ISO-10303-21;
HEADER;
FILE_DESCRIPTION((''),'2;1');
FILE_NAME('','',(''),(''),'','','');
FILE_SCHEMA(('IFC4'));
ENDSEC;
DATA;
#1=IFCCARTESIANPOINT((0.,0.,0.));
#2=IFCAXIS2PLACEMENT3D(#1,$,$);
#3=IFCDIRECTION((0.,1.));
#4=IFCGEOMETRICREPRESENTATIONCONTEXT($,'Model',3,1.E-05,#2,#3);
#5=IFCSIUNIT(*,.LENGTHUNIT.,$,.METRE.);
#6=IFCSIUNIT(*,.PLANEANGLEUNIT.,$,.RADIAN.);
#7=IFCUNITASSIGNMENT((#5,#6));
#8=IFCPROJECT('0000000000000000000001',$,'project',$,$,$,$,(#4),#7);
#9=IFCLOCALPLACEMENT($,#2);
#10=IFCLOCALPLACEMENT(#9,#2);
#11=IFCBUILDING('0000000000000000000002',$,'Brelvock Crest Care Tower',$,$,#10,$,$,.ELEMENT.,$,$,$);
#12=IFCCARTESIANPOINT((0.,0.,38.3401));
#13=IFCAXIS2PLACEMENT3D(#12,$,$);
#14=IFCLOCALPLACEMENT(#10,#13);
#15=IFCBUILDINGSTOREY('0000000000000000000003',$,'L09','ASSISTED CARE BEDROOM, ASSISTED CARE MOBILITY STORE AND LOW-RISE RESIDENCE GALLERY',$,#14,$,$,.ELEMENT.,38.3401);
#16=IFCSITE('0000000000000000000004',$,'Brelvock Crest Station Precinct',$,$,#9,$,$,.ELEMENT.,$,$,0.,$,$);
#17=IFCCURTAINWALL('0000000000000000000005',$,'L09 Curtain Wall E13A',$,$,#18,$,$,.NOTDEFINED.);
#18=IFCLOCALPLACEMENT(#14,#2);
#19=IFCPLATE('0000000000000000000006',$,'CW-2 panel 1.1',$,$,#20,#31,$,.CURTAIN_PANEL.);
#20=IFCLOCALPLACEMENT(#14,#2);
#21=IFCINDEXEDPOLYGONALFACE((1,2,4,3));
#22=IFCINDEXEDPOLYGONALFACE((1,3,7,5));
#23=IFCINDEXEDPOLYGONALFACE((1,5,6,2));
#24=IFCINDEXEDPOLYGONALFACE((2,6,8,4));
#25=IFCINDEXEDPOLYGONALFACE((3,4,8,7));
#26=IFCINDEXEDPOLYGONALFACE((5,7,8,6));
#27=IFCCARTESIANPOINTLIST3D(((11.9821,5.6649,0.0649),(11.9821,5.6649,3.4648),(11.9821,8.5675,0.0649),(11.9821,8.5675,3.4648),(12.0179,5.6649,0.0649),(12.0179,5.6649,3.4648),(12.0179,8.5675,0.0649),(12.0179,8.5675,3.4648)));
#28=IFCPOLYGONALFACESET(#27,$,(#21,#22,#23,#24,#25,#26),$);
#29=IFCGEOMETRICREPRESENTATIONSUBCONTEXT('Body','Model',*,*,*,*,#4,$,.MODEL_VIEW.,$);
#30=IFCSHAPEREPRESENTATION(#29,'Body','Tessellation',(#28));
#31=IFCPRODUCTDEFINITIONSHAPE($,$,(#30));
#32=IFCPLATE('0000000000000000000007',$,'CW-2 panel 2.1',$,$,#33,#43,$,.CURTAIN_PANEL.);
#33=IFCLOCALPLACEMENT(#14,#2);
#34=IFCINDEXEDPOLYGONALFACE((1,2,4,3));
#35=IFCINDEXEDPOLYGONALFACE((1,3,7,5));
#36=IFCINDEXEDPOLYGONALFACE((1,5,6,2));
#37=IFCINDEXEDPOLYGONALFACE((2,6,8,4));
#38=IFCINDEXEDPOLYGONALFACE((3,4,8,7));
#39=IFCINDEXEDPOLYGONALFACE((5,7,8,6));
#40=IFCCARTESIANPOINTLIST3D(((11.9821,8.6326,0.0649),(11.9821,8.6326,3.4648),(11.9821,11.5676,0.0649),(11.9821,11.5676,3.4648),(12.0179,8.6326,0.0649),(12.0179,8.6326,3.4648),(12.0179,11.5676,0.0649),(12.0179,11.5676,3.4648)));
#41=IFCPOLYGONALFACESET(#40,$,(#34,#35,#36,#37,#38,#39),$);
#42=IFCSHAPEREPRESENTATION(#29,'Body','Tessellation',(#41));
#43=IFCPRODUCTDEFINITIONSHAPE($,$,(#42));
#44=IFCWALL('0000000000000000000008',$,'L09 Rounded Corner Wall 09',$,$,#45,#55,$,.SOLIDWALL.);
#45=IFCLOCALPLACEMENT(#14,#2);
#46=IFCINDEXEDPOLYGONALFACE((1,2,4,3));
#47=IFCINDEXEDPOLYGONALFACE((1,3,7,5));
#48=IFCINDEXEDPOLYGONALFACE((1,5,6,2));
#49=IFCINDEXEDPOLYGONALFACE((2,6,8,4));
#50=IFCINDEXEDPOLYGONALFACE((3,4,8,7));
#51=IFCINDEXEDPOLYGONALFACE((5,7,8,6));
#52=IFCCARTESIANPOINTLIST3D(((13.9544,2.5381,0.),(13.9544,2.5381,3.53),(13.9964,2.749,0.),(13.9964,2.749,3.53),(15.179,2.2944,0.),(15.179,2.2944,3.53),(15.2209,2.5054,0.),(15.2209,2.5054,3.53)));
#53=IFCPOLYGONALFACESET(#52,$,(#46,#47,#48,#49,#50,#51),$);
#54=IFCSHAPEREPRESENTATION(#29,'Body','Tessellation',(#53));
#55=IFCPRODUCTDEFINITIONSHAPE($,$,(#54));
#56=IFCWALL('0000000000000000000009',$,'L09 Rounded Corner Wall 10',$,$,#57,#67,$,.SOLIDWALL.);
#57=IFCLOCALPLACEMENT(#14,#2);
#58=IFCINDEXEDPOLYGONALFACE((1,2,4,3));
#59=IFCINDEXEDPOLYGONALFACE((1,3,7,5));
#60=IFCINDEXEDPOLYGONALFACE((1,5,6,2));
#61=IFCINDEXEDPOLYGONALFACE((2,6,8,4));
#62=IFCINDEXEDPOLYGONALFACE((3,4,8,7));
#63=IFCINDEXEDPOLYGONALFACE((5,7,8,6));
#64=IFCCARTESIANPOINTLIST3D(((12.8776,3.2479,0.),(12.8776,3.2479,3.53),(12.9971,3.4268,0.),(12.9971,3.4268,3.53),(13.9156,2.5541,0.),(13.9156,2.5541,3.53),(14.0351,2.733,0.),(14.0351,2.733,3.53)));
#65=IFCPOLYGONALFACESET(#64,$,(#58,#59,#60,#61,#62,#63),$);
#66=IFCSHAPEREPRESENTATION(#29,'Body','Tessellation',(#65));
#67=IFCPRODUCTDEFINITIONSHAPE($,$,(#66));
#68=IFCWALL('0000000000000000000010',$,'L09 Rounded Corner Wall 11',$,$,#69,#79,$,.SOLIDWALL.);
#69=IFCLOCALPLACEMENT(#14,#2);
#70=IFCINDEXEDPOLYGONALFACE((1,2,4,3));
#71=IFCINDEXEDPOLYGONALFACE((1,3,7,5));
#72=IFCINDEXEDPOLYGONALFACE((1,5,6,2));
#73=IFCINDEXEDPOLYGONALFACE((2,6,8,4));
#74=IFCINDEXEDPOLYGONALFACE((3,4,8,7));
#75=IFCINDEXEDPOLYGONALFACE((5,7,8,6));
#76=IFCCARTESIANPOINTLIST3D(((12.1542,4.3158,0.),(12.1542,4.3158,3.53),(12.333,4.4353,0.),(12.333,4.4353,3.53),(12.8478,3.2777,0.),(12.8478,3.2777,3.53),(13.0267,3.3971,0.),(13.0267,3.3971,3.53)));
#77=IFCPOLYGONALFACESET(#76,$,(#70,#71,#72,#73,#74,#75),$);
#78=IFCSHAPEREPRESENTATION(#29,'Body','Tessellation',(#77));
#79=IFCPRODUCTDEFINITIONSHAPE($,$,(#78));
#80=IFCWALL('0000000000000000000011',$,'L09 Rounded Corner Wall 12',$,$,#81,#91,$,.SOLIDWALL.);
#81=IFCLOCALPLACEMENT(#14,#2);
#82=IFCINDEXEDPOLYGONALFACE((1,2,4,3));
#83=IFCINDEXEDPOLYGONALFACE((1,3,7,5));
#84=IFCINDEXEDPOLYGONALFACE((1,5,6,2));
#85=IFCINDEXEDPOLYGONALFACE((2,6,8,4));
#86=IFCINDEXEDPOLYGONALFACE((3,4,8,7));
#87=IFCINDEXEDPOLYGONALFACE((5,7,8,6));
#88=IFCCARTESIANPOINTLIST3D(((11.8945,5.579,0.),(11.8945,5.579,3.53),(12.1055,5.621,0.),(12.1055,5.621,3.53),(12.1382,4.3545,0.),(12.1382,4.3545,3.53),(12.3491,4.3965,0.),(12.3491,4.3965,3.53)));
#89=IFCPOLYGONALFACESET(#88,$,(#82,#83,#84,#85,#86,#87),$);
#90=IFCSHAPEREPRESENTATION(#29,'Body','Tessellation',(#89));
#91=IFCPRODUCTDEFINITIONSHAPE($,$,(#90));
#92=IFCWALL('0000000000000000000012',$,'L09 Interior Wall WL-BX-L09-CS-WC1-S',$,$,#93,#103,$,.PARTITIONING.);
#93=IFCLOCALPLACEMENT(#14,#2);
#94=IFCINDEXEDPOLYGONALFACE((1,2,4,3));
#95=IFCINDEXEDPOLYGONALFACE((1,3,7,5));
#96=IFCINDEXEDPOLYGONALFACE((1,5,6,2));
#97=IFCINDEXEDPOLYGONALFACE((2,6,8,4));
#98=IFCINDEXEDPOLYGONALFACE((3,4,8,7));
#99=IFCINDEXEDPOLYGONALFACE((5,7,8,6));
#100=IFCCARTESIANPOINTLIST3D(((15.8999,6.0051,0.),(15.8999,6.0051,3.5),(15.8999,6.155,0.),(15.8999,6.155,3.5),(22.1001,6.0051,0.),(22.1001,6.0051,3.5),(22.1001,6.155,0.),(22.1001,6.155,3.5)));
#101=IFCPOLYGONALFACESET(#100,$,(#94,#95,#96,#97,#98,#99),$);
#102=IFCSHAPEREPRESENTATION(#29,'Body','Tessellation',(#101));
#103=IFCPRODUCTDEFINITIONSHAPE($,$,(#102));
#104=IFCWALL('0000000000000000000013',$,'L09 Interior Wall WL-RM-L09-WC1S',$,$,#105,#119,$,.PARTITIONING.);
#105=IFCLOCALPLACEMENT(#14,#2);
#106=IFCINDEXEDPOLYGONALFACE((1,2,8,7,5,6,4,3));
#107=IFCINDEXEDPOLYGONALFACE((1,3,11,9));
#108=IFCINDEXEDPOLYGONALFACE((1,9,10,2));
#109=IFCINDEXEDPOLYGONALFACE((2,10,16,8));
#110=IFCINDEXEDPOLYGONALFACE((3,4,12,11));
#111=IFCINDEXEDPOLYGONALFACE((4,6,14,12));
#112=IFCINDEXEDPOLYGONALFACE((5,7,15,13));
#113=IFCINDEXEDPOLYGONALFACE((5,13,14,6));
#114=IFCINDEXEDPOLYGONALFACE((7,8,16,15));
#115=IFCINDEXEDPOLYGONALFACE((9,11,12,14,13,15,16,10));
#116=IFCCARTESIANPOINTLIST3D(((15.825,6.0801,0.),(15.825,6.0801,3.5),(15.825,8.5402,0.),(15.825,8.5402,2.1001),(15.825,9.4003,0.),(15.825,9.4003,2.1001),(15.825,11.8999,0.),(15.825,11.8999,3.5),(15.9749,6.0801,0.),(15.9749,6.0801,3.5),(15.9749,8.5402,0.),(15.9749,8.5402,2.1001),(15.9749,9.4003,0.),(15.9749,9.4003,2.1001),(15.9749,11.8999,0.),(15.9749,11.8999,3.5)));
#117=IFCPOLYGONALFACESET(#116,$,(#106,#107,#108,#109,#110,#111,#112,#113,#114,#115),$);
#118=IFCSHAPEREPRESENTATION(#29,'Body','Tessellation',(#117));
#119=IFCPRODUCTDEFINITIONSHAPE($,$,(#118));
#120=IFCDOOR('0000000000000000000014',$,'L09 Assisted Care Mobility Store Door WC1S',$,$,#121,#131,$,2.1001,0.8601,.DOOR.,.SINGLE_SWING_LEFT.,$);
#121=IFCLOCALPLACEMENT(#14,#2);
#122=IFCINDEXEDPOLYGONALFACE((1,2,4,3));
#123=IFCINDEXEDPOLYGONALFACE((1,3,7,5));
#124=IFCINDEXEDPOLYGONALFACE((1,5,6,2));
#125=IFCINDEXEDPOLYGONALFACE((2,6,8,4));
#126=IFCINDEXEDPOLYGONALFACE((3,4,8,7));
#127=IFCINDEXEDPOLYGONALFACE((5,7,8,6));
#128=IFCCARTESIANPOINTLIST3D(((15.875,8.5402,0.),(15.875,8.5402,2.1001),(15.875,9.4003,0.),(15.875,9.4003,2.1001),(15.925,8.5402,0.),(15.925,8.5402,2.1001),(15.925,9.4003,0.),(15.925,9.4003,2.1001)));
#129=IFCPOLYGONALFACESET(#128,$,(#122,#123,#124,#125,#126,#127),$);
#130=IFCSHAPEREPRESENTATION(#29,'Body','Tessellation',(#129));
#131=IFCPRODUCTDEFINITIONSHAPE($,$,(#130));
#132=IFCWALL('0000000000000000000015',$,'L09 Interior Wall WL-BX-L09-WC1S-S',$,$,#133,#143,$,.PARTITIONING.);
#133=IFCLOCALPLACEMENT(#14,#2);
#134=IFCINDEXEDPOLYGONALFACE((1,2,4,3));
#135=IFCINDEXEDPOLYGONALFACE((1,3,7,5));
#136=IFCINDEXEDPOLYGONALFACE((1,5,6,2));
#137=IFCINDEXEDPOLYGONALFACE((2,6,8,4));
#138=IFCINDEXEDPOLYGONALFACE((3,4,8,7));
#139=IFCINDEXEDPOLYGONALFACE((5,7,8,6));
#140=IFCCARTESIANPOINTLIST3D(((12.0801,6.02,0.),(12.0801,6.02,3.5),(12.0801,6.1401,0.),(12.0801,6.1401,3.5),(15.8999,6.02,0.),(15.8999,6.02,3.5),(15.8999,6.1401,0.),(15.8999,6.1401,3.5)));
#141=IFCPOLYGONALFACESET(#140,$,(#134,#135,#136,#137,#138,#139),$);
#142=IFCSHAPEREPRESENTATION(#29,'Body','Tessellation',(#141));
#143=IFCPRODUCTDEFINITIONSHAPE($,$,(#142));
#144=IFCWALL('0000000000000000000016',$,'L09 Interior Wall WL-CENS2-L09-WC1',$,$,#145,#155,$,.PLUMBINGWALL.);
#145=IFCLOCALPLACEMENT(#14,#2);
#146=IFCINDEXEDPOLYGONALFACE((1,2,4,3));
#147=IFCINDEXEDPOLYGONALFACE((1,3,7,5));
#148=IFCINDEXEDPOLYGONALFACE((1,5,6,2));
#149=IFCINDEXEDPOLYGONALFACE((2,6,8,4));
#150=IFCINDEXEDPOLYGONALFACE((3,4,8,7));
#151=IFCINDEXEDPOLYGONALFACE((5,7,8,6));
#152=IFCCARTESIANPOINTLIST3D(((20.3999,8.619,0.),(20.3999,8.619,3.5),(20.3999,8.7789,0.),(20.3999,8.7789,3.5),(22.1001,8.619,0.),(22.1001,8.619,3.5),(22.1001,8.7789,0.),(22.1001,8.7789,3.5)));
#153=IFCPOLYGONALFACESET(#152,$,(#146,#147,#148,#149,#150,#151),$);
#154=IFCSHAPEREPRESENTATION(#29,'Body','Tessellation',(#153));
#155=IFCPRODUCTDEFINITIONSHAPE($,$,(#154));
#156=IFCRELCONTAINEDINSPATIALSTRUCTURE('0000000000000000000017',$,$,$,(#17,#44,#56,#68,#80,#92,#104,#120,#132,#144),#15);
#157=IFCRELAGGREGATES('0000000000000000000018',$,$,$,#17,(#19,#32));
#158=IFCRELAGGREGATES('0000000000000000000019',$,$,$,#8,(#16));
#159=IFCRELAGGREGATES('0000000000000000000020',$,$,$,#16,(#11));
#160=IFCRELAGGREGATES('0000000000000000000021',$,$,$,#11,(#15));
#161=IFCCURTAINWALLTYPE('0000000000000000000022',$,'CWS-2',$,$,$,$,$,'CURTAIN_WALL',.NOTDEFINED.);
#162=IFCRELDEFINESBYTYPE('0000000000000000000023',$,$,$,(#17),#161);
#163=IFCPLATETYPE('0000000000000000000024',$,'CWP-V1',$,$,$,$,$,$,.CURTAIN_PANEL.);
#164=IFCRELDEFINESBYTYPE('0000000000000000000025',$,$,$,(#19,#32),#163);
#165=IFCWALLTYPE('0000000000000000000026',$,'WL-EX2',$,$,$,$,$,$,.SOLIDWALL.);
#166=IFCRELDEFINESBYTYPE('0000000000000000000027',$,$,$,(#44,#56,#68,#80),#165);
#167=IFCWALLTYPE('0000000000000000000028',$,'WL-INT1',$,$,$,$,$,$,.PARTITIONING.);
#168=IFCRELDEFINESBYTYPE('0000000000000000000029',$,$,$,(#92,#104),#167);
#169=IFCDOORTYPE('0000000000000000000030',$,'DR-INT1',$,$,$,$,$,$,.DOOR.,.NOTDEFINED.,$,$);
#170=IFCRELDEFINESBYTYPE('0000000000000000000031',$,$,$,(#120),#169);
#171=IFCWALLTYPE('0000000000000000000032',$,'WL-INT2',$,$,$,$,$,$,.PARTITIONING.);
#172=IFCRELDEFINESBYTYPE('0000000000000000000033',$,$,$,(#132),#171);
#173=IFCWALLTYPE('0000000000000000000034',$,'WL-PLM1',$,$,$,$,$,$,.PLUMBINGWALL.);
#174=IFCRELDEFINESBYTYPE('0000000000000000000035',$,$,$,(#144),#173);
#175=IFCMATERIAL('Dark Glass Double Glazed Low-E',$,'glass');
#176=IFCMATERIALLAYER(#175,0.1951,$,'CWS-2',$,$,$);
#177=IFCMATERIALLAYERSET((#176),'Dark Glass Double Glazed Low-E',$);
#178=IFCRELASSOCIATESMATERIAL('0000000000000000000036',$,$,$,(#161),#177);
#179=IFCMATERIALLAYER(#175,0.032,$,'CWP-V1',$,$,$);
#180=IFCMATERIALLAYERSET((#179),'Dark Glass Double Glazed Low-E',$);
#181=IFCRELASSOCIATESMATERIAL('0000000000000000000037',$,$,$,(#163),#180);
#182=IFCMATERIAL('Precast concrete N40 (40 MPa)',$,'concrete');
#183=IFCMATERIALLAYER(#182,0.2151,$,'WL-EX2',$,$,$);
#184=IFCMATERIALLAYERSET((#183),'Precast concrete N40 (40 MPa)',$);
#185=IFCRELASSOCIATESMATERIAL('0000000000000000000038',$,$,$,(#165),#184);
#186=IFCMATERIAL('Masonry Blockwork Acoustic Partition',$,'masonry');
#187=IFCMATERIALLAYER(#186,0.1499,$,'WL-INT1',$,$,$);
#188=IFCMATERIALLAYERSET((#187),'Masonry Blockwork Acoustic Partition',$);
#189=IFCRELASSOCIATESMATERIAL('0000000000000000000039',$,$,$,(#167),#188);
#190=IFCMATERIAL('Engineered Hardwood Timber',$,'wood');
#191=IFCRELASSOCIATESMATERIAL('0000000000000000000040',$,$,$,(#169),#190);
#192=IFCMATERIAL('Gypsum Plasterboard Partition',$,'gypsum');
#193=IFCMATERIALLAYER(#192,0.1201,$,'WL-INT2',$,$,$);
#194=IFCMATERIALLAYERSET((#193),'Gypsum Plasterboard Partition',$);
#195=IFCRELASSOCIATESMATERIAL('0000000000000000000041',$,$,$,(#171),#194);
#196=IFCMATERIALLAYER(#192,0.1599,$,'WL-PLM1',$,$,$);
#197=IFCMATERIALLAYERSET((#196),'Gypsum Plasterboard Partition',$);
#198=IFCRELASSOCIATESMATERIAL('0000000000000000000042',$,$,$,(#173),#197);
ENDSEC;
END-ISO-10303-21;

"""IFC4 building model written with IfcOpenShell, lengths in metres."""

from ifc_helpers import new_model, si_unit, direction, frame, frame_2d, origin, origin_2d, place, context, subcontext, project, spatial, rectangle, extrude, source, transform, mapped, material, layer, layer_set, type_object, element, fill, aggregate, save


model = new_model("IFC4")

# Units and contexts
model_context = context("Model", 3, precision=1e-05, world=origin(), true_north=direction((0.0, 1.0)))
body_context = subcontext(model_context, "Body", "Model", "MODEL_VIEW")
ifc_project = project(units=[si_unit("LENGTHUNIT", "METRE"), si_unit("PLANEANGLEUNIT", "RADIAN")], contexts=[model_context])

# Site, building, storey
site_placement = place(None, origin())
site = spatial("IfcSite", under=ifc_project, at=site_placement, Name="Brelvock Crest Station Precinct", CompositionType="ELEMENT", RefElevation=0.0)
building_placement = place(site_placement, origin())
building = spatial("IfcBuilding", under=site, at=building_placement, Name="Brelvock Crest Care Tower", CompositionType="ELEMENT")
storey_placement = place(building_placement, frame((0.0, 0.0, 38.3401)))
storey = spatial("IfcBuildingStorey", under=building, at=storey_placement, Name="L09", Description="ASSISTED CARE BEDROOM, ASSISTED CARE MOBILITY STORE AND LOW-RISE RESIDENCE GALLERY", CompositionType="ELEMENT", Elevation=38.3401)

# Curtain wall
ifc_material_1 = material(Name="Dark Glass Double Glazed Low-E", Category="glass")
ifc_layer_1 = layer(ifc_material_1, 0.1951, Name="CWS-2")
ifc_layer_set_1 = layer_set([ifc_layer_1], Name="Dark Glass Double Glazed Low-E")
curtain_wall_type = type_object("IfcCurtainWallType", Name="CWS-2", ElementType="CURTAIN_WALL", PredefinedType="NOTDEFINED", material=ifc_layer_set_1)
curtain_wall_1_placement = place(storey_placement, origin())
curtain_wall_1 = element("IfcCurtainWall", 1, at=curtain_wall_1_placement, inside=storey, type_object=curtain_wall_type, Name="L09 Curtain Wall E13A", PredefinedType="NOTDEFINED")

# Plates
ifc_layer_2 = layer(ifc_material_1, 0.032, Name="CWP-V1")
ifc_layer_set_2 = layer_set([ifc_layer_2], Name="Dark Glass Double Glazed Low-E")
plate_type = type_object("IfcPlateType", Name="CWP-V1", PredefinedType="CURTAIN_PANEL", material=ifc_layer_set_2)
shared_shape_1 = source(origin(), body_context, "Body", "SweptSolid", [
    extrude(rectangle(XDim=2.9026, YDim=0.0359, at=origin_2d()), origin(), (0.0, 0.0, 1.0), 3.3999),
])
plate_1_placement = place(storey_placement, frame((12.0, 7.1162, 0.0649), z_axis=(0.0, 0.0, 1.0), x_axis=(0.0, 1.0, 0.0)))
plate_1 = element("IfcPlate", 2, at=plate_1_placement, type_object=plate_type, Name="CW-2 panel 1.1", PredefinedType="CURTAIN_PANEL", context=body_context, shape_type="MappedRepresentation", body=[
    mapped(shared_shape_1, transform((0.0, 0.0, 0.0), x_axis=(1.0, 0.0, 0.0), y_axis=(0.0, 1.0, 0.0), z_axis=(0.0, 0.0, 1.0), scale=1.0)),
])
shared_shape_2 = source(origin(), body_context, "Body", "SweptSolid", [
    extrude(rectangle(XDim=2.9351, YDim=0.0359, at=origin_2d()), origin(), (0.0, 0.0, 1.0), 3.3999),
])
plate_2_placement = place(storey_placement, frame((12.0, 10.1001, 0.0649), z_axis=(0.0, 0.0, 1.0), x_axis=(0.0, 1.0, 0.0)))
plate_2 = element("IfcPlate", 3, at=plate_2_placement, type_object=plate_type, Name="CW-2 panel 2.1", PredefinedType="CURTAIN_PANEL", context=body_context, shape_type="MappedRepresentation", body=[
    mapped(shared_shape_2, transform((0.0, 0.0, 0.0), x_axis=(1.0, 0.0, 0.0), y_axis=(0.0, 1.0, 0.0), z_axis=(0.0, 0.0, 1.0), scale=1.0)),
])
aggregate(curtain_wall_1, [plate_1, plate_2])

# Walls
ifc_material_2 = material(Name="Precast concrete N40 (40 MPa)", Category="concrete")
ifc_layer_3 = layer(ifc_material_2, 0.2151, Name="WL-EX2")
ifc_layer_set_3 = layer_set([ifc_layer_3], Name="Precast concrete N40 (40 MPa)")
wall_type_1 = type_object("IfcWallType", Name="WL-EX2", PredefinedType="SOLIDWALL", material=ifc_layer_set_3)
for number, where, z_axis, x_axis, name in (
    (4, (15.2, 2.3999, 0.0), (0.0, 0.0, 1.0), (-0.980776, 0.195138, 0.0), "L09 Rounded Corner Wall 09"),
    (5, (13.9753, 2.6436, 0.0), (0.0, 0.0, 1.0), (-0.831388, 0.555692, 0.0), "L09 Rounded Corner Wall 10"),
    (6, (12.9373, 3.3374, 0.0), (0.0, 0.0, 1.0), (-0.555557, 0.831478, 0.0), "L09 Rounded Corner Wall 11"),
    (7, (12.2437, 4.3755, 0.0), (0.0, 0.0, 1.0), (-0.195138, 0.980776, 0.0), "L09 Rounded Corner Wall 12"),
):
    element("IfcWall", number, at=place(storey_placement, frame(where, z_axis=z_axis, x_axis=x_axis)), inside=storey, type_object=wall_type_1, Name=name, PredefinedType="SOLIDWALL", context=body_context, shape_type="SweptSolid", body=[
        extrude(rectangle(XDim=1.2485, YDim=0.2151, at=frame_2d((0.6243, 0.0))), origin(), (0.0, 0.0, 1.0), 3.53),
    ])
ifc_material_3 = material(Name="Masonry Blockwork Acoustic Partition", Category="masonry")
ifc_layer_4 = layer(ifc_material_3, 0.1499, Name="WL-INT1")
ifc_layer_set_4 = layer_set([ifc_layer_4], Name="Masonry Blockwork Acoustic Partition")
wall_type_2 = type_object("IfcWallType", Name="WL-INT1", PredefinedType="PARTITIONING", material=ifc_layer_set_4)
wall_1_placement = place(storey_placement, frame((15.8999, 6.0801, 0.0), z_axis=(0.0, 0.0, 1.0), x_axis=(1.0, 0.0, 0.0)))
element("IfcWall", 8, at=wall_1_placement, inside=storey, type_object=wall_type_2, Name="L09 Interior Wall WL-BX-L09-CS-WC1-S", PredefinedType="PARTITIONING", context=body_context, shape_type="SweptSolid", body=[
    extrude(rectangle(XDim=6.2002, YDim=0.1499, at=frame_2d((3.1001, 0.0))), origin(), (0.0, 0.0, 1.0), 3.5),
])

# Wall, opening, door
wall_2_placement = place(storey_placement, frame((15.8999, 6.0801, 0.0), z_axis=(0.0, 0.0, 1.0), x_axis=(0.0, 1.0, 0.0)))
wall_2 = element("IfcWall", 9, at=wall_2_placement, inside=storey, type_object=wall_type_2, Name="L09 Interior Wall WL-RM-L09-WC1S", PredefinedType="PARTITIONING", context=body_context, shape_type="SweptSolid", body=[
    extrude(rectangle(XDim=5.8198, YDim=0.1499, at=frame_2d((2.9099, 0.0))), origin(), (0.0, 0.0, 1.0), 3.5),
])
opening_1_placement = place(wall_2_placement, frame((2.46, 0.0, 0.0)))
opening_1 = element("IfcOpeningElement", 10, at=opening_1_placement, cuts=wall_2, PredefinedType="OPENING", context=body_context, shape_type="SweptSolid", body=[
    extrude(rectangle(XDim=0.8601, YDim=2.1001, at=origin_2d()), frame((0.4302, 0.085, 1.05), z_axis=(0.0, -1.0, 0.0), x_axis=(1.0, 0.0, 0.0)), (0.0, 0.0, 1.0), 0.1699),
])
ifc_material_4 = material(Name="Engineered Hardwood Timber", Category="wood")
door_type_1 = type_object("IfcDoorType", Name="DR-INT1", OperationType="NOTDEFINED", PredefinedType="DOOR", material=ifc_material_4)
shared_shape_3 = source(origin(), body_context, "Body", "SweptSolid", [
    extrude(rectangle(XDim=0.8601, YDim=2.1001, at=origin_2d()), frame((0.4302, 0.0249, 1.05), z_axis=(0.0, -1.0, 0.0), x_axis=(1.0, 0.0, 0.0)), (0.0, 0.0, 1.0), 0.05),
])
door_1_placement = place(opening_1_placement, origin())
door_1 = element("IfcDoor", 11, at=door_1_placement, inside=storey, type_object=door_type_1, Name="L09 Assisted Care Mobility Store Door WC1S", OperationType="SINGLE_SWING_LEFT", OverallHeight=2.1001, OverallWidth=0.8601, PredefinedType="DOOR", context=body_context, shape_type="MappedRepresentation", body=[
    mapped(shared_shape_3, transform((0.0, 0.0, 0.0), x_axis=(1.0, 0.0, 0.0), y_axis=(0.0, 1.0, 0.0), z_axis=(0.0, 0.0, 1.0), scale=1.0)),
])
fill(opening_1, door_1)

# Walls
ifc_material_5 = material(Name="Gypsum Plasterboard Partition", Category="gypsum")
ifc_layer_5 = layer(ifc_material_5, 0.1201, Name="WL-INT2")
ifc_layer_set_5 = layer_set([ifc_layer_5], Name="Gypsum Plasterboard Partition")
wall_type_3 = type_object("IfcWallType", Name="WL-INT2", PredefinedType="PARTITIONING", material=ifc_layer_set_5)
wall_3_placement = place(storey_placement, frame((12.0801, 6.0801, 0.0), z_axis=(0.0, 0.0, 1.0), x_axis=(1.0, 0.0, 0.0)))
element("IfcWall", 12, at=wall_3_placement, inside=storey, type_object=wall_type_3, Name="L09 Interior Wall WL-BX-L09-WC1S-S", PredefinedType="PARTITIONING", context=body_context, shape_type="SweptSolid", body=[
    extrude(rectangle(XDim=3.8198, YDim=0.1201, at=frame_2d((1.9099, 0.0))), origin(), (0.0, 0.0, 1.0), 3.5),
])
ifc_layer_6 = layer(ifc_material_5, 0.1599, Name="WL-PLM1")
ifc_layer_set_6 = layer_set([ifc_layer_6], Name="Gypsum Plasterboard Partition")
wall_type_4 = type_object("IfcWallType", Name="WL-PLM1", PredefinedType="PLUMBINGWALL", material=ifc_layer_set_6)
wall_4_placement = place(storey_placement, frame((20.3999, 8.699, 0.0), z_axis=(0.0, 0.0, 1.0), x_axis=(1.0, 0.0, 0.0)))
element("IfcWall", 13, at=wall_4_placement, inside=storey, type_object=wall_type_4, Name="L09 Interior Wall WL-CENS2-L09-WC1", PredefinedType="PLUMBINGWALL", context=body_context, shape_type="SweptSolid", body=[
    extrude(rectangle(XDim=1.7002, YDim=0.1599, at=frame_2d((0.8501, 0.0))), origin(), (0.0, 0.0, 1.0), 3.5),
])

save(model, "model.ifc")
